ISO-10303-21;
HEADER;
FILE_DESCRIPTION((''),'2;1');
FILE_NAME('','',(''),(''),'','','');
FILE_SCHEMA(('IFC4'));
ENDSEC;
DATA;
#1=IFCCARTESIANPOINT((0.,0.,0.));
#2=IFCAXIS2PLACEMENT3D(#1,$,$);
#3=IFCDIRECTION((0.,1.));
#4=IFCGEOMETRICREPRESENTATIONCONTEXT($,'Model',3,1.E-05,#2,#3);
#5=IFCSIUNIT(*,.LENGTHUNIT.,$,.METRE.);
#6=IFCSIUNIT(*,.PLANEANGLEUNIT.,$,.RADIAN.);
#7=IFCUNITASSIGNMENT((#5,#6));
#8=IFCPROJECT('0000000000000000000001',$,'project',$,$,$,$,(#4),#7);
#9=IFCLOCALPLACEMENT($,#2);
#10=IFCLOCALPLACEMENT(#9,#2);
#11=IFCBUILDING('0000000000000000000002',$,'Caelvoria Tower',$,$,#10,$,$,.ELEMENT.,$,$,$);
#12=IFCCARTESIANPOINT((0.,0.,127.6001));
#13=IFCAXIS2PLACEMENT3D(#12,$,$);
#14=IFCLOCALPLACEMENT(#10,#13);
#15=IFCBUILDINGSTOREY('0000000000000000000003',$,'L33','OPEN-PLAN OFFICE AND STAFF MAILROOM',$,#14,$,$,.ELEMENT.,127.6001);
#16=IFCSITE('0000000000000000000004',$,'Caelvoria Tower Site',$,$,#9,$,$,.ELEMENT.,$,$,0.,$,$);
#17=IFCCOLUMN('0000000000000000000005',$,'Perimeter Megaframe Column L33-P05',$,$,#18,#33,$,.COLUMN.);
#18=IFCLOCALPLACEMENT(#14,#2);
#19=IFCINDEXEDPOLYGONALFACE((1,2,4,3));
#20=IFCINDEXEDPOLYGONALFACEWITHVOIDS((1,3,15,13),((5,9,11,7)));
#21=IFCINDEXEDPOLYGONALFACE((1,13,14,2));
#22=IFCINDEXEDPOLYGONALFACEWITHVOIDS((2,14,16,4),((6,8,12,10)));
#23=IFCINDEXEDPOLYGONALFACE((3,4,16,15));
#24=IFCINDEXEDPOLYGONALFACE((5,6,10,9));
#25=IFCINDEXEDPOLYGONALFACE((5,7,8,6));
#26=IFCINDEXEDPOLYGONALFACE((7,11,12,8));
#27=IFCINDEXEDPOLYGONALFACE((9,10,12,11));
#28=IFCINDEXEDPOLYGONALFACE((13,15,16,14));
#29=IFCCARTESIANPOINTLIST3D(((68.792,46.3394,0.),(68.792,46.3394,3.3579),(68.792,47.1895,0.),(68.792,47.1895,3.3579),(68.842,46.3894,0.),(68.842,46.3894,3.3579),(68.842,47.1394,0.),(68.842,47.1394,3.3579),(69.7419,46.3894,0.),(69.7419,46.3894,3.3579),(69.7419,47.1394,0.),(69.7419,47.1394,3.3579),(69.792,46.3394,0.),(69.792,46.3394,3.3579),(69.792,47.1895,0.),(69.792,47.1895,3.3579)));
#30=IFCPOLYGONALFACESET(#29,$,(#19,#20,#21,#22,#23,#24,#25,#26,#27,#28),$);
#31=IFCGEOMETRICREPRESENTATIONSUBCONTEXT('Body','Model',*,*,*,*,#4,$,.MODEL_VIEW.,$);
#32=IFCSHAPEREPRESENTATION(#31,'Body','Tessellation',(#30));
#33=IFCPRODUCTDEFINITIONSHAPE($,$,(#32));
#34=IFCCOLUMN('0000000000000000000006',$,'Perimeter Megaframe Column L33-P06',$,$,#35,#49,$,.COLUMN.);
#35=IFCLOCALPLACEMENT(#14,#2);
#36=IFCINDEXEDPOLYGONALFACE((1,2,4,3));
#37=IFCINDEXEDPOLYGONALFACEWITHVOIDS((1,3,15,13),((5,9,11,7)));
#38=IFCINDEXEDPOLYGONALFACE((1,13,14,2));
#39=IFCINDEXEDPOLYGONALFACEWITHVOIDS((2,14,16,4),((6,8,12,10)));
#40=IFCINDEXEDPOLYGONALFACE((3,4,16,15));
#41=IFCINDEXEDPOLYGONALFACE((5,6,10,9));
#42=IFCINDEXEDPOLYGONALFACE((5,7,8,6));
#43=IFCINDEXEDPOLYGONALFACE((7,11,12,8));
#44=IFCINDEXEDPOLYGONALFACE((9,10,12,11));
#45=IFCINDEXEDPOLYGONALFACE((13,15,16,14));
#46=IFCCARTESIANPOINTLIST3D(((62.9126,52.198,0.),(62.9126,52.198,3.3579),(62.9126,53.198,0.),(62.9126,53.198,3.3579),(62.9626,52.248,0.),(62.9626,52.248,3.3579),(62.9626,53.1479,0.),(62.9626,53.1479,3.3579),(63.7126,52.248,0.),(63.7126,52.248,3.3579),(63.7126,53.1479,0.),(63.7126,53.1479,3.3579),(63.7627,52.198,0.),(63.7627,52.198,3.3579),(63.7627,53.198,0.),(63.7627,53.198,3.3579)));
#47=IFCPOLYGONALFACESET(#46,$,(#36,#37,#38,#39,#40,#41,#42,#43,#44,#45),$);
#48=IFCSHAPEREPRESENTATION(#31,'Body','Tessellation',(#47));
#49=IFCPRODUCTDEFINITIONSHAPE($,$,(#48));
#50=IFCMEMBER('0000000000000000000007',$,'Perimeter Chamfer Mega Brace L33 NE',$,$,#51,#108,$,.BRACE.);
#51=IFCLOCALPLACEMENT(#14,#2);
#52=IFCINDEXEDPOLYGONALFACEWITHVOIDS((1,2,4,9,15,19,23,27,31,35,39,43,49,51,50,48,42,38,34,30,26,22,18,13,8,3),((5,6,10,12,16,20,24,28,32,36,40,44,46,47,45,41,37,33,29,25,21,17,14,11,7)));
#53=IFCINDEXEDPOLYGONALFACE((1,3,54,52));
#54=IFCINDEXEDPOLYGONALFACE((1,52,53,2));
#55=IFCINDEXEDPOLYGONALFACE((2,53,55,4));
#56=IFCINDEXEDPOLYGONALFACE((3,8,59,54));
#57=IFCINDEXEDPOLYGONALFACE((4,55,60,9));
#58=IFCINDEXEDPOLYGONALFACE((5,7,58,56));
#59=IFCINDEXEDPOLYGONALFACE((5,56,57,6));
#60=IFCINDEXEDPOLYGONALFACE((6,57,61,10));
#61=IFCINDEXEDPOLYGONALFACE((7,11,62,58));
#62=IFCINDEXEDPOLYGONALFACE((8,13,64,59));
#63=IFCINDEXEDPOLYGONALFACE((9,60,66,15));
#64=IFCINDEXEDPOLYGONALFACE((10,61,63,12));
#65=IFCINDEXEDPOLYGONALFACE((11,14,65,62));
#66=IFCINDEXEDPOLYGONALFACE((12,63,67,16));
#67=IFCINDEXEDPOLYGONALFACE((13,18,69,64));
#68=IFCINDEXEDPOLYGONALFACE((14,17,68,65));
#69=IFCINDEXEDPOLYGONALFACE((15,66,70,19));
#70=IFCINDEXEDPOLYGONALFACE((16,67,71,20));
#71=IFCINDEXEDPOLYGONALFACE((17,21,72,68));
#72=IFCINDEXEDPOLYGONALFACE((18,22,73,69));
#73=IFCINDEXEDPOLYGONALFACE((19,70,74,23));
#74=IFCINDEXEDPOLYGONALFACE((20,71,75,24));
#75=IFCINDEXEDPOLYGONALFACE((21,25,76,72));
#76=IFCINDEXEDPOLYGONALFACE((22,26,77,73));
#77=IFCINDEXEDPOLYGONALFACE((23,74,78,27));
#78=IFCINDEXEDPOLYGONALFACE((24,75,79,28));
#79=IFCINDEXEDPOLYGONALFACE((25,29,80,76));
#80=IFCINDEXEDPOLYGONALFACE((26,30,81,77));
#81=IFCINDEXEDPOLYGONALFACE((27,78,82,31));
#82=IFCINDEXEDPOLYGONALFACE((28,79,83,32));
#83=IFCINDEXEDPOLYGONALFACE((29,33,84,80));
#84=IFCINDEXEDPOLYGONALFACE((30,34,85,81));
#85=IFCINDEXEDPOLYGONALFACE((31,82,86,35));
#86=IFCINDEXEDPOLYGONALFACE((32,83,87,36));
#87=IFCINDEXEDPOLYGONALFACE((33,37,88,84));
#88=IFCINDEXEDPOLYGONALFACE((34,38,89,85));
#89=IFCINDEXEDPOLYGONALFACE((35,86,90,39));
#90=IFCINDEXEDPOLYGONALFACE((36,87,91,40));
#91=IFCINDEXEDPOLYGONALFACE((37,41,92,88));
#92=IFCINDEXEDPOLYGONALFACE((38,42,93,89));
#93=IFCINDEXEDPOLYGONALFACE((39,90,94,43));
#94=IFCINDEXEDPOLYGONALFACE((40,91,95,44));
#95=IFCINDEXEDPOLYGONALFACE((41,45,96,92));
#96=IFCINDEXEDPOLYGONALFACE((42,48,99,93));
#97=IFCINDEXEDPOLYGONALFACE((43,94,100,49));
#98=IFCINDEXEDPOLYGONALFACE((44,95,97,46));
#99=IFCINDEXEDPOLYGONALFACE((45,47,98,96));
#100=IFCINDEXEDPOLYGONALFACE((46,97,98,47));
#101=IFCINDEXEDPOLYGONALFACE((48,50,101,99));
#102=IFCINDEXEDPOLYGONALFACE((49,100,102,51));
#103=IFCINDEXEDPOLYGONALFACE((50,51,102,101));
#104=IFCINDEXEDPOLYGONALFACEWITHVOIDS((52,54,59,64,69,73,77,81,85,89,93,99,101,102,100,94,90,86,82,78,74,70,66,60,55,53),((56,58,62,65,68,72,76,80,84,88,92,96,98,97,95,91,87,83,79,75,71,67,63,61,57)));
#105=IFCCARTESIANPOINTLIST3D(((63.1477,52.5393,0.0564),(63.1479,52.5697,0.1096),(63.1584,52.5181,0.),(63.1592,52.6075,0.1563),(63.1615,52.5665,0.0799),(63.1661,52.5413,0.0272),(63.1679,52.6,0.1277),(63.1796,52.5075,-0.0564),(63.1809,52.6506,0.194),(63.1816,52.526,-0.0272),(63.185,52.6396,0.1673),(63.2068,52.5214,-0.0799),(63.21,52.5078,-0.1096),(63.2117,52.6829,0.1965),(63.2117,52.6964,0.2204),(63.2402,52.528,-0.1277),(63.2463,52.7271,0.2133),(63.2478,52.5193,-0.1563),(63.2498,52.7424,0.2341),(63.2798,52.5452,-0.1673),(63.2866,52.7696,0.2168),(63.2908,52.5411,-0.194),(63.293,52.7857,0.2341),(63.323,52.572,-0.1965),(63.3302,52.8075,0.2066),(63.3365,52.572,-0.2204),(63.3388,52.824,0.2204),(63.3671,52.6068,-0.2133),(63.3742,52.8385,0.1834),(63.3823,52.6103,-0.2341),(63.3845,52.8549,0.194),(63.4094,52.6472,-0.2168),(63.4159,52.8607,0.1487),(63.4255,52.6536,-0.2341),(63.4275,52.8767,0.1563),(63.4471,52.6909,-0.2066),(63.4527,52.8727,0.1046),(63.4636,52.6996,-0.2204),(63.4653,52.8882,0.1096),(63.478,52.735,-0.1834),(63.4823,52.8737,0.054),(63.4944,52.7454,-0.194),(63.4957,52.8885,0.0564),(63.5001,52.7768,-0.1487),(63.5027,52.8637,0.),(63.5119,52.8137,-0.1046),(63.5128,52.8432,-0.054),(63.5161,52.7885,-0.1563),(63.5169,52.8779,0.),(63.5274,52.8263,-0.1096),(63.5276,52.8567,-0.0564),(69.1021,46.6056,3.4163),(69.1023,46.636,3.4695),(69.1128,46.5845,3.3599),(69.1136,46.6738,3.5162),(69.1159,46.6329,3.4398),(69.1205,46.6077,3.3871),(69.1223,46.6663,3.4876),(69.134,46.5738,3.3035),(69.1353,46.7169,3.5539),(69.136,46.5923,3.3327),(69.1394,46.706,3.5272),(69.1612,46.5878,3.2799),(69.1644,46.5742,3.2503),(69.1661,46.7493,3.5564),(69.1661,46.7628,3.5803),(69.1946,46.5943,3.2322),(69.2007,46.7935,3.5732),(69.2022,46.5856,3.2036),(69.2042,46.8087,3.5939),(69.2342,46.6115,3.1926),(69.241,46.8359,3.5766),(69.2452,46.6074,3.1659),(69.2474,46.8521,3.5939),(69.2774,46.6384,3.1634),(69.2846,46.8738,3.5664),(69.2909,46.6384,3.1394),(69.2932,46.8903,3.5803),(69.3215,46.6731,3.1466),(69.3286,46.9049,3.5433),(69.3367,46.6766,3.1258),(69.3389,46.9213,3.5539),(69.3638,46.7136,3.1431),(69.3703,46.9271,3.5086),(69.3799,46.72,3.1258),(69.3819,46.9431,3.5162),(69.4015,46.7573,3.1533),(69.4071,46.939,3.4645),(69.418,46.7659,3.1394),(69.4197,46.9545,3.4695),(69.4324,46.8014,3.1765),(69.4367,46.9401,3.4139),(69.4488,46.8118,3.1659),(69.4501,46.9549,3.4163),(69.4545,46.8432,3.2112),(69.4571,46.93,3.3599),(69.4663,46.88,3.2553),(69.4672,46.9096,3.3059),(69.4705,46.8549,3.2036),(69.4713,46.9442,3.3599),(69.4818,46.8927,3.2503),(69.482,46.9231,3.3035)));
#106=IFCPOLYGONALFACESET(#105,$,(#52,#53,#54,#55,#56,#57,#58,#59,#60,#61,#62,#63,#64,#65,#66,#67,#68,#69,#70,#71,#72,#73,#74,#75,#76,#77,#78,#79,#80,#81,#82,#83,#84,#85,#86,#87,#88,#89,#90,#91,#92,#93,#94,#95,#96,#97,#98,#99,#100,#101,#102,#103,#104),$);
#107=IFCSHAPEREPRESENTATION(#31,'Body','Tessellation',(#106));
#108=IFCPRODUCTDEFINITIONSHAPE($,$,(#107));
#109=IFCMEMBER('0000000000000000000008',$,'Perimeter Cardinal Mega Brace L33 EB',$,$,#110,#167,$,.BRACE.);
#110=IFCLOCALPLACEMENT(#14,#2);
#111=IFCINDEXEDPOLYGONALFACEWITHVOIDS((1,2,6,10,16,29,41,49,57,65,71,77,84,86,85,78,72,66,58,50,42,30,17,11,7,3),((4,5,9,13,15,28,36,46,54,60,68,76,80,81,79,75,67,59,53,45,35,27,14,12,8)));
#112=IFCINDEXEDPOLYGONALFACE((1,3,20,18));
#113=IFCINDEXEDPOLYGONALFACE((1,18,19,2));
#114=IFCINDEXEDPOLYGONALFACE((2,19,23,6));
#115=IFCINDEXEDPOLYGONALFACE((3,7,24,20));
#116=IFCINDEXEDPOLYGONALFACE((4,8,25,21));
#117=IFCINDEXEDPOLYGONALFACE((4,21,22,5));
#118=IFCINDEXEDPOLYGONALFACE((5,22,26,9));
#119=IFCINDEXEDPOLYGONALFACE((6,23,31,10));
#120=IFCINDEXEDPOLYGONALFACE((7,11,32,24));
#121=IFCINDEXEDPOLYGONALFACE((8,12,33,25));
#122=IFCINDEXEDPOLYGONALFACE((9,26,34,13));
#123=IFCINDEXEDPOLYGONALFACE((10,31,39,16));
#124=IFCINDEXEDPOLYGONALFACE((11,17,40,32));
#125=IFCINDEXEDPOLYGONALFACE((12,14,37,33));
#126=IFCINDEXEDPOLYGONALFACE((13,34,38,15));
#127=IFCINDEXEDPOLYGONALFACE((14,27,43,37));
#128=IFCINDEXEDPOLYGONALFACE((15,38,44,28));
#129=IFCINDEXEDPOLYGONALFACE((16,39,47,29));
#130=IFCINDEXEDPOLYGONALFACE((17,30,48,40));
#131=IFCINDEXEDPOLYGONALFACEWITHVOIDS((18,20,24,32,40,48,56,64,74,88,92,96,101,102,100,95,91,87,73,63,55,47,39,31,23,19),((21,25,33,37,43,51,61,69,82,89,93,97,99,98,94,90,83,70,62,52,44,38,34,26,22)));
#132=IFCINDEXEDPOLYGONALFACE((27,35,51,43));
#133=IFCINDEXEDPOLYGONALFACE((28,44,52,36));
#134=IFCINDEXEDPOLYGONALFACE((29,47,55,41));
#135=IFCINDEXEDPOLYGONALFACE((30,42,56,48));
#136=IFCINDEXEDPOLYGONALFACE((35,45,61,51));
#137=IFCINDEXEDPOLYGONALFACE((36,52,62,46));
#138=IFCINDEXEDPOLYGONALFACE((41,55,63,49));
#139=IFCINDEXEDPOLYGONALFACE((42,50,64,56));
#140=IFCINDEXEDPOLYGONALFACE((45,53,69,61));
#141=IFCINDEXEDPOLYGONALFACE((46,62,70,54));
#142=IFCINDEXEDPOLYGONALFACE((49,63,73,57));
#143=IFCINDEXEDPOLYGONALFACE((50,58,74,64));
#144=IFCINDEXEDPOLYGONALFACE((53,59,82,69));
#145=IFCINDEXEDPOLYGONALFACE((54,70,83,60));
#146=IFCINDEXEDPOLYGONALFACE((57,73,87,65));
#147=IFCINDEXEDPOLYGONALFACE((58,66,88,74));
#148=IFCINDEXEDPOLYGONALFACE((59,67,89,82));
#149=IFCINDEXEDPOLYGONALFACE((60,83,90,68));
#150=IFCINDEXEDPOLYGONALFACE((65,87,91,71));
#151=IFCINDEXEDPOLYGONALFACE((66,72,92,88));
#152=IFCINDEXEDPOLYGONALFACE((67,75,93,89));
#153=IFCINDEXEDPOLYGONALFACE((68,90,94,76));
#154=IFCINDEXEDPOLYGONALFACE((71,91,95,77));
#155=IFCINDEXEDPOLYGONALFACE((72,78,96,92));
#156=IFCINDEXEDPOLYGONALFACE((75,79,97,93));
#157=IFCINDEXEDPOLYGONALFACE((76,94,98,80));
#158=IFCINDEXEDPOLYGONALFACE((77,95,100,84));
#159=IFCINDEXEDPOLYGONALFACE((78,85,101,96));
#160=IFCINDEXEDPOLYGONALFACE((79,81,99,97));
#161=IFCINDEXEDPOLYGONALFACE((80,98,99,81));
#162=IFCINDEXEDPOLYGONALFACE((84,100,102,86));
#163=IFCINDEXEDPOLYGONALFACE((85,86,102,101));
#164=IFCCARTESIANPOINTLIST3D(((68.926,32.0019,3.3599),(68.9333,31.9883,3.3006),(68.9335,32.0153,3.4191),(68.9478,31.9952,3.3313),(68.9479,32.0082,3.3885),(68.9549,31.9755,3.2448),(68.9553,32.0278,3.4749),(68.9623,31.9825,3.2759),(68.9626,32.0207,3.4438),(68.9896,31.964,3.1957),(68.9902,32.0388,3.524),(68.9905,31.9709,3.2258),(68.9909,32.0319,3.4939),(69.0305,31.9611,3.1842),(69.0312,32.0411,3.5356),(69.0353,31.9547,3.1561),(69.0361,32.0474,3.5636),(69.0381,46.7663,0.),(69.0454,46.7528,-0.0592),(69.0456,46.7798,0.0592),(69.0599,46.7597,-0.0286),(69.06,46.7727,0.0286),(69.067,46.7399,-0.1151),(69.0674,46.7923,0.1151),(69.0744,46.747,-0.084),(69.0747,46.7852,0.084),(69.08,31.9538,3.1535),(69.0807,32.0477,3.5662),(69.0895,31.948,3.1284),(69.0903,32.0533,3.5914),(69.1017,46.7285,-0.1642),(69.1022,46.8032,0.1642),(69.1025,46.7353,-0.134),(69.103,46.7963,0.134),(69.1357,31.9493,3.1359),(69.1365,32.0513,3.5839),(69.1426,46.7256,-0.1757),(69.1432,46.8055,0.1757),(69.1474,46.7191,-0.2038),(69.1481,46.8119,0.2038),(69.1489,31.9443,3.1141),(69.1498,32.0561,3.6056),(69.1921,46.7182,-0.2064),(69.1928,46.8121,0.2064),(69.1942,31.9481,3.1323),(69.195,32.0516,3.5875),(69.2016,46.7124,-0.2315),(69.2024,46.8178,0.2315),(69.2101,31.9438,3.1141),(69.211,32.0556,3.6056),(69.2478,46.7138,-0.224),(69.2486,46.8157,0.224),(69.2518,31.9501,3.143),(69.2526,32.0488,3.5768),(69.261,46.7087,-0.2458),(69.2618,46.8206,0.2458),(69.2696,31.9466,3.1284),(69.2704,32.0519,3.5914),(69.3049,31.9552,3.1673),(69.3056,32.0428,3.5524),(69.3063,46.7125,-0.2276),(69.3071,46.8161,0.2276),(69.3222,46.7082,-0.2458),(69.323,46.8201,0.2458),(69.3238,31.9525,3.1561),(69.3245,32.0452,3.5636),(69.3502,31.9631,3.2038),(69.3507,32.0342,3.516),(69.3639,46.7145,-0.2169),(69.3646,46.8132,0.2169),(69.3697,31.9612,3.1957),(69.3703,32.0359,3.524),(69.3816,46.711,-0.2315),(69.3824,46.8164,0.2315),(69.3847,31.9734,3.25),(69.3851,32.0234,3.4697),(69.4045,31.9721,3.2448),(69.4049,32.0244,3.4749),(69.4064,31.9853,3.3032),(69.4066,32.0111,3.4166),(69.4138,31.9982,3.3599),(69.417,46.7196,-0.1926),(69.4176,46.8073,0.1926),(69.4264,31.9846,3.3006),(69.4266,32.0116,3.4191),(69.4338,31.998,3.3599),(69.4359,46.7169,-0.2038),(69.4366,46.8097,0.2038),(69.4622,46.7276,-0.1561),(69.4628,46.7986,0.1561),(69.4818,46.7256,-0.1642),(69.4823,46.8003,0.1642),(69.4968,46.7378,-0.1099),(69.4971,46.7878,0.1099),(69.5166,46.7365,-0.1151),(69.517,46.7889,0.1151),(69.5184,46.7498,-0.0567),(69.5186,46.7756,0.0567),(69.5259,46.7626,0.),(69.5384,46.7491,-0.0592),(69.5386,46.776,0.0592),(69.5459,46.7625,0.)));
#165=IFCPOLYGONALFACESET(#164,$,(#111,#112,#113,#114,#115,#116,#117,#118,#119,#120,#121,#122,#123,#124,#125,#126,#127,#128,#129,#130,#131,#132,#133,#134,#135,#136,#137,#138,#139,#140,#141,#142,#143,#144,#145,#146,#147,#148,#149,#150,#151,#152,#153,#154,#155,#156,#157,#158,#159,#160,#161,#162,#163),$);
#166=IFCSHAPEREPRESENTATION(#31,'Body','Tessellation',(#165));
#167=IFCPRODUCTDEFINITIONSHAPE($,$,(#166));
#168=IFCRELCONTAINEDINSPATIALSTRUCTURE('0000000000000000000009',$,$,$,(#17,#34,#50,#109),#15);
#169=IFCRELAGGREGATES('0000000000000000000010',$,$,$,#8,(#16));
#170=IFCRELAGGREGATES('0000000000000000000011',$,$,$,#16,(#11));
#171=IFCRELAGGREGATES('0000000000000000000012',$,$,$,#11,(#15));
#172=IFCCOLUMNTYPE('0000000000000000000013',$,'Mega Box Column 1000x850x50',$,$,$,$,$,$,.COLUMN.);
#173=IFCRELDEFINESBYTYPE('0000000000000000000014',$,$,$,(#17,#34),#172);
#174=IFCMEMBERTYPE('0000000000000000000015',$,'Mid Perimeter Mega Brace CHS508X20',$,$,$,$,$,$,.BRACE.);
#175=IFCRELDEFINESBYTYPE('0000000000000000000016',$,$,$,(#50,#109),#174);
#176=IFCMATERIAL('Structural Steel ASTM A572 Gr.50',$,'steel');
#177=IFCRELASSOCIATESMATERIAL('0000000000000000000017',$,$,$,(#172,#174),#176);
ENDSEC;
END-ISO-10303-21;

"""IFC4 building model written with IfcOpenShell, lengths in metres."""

from ifc_helpers import new_model, si_unit, direction, frame, origin, origin_2d, place, context, subcontext, project, spatial, hollow_rectangle, hollow_circle, extrude, material, material_profile, profile_set, type_object, element, save


model = new_model("IFC4")

# Units and contexts
model_context = context("Model", 3, precision=1e-05, world=origin(), true_north=direction((0.0, 1.0)))
body_context = subcontext(model_context, "Body", "Model", "MODEL_VIEW")
ifc_project = project(units=[si_unit("LENGTHUNIT", "METRE"), si_unit("PLANEANGLEUNIT", "RADIAN")], contexts=[model_context])

# Site, building, storey
site_placement = place(None, origin())
site = spatial("IfcSite", under=ifc_project, at=site_placement, Name="Caelvoria Tower Site", CompositionType="ELEMENT", RefElevation=0.0)
building_placement = place(site_placement, origin())
building = spatial("IfcBuilding", under=site, at=building_placement, Name="Caelvoria Tower", CompositionType="ELEMENT")
storey_placement = place(building_placement, frame((0.0, 0.0, 127.6001)))
storey = spatial("IfcBuildingStorey", under=building, at=storey_placement, Name="L33", Description="OPEN-PLAN OFFICE AND STAFF MAILROOM", CompositionType="ELEMENT", Elevation=127.6001)

# Columns
ifc_material_1 = material(Name="Structural Steel ASTM A572 Gr.50", Category="steel")
ifc_material_profile_1 = material_profile(ifc_material_1, hollow_rectangle(XDim=0.8501, YDim=1.0, WallThickness=0.05, at=origin_2d()), Name="Structural Steel ASTM A572 Gr.50")
ifc_profile_set_1 = profile_set([ifc_material_profile_1], Name="BOX1000X850X50 - Structural Steel ASTM A572 Gr.50")
column_type = type_object("IfcColumnType", Name="Mega Box Column 1000x850x50", PredefinedType="COLUMN", material=ifc_profile_set_1)
for number, where, z_axis, x_axis, name in (
    (1, (69.292, 46.7644, 0.0), (0.0, 0.0, 1.0), (0.0, 1.0, 0.0), "Perimeter Megaframe Column L33-P05"),
    (2, (63.3376, 52.698, 0.0), (0.0, 0.0, 1.0), (1.0, 0.0, 0.0), "Perimeter Megaframe Column L33-P06"),
):
    element("IfcColumn", number, at=place(storey_placement, frame(where, z_axis=z_axis, x_axis=x_axis)), inside=storey, type_object=column_type, Name=name, PredefinedType="COLUMN", context=body_context, shape_type="SweptSolid", body=[
        extrude(hollow_rectangle(XDim=0.8501, YDim=1.0, WallThickness=0.05, at=origin_2d()), origin(), (0.0, 0.0, 1.0), 3.3579),
    ])

# Members
ifc_material_profile_2 = material_profile(ifc_material_1, hollow_circle(Radius=0.2539, WallThickness=0.02, at=origin_2d()), Name="Structural Steel ASTM A572 Gr.50")
ifc_profile_set_2 = profile_set([ifc_material_profile_2], Name="CHS508X20 - Structural Steel ASTM A572 Gr.50")
member_type = type_object("IfcMemberType", Name="Mid Perimeter Mega Brace CHS508X20", PredefinedType="BRACE", material=ifc_profile_set_2)
member_1_placement = place(storey_placement, frame((63.3376, 52.698, 0.0), z_axis=(0.657746, -0.655454, 0.371147), x_axis=(0.705871, 0.70834, 0.0)))
element("IfcMember", 3, at=member_1_placement, inside=storey, type_object=member_type, Name="Perimeter Chamfer Mega Brace L33 NE", PredefinedType="BRACE", context=body_context, shape_type="SweptSolid", body=[
    extrude(hollow_circle(Radius=0.2539, WallThickness=0.02, at=origin_2d()), origin(), (0.0, 0.0, 1.0), 9.0527),
])
member_2_placement = place(storey_placement, frame((69.292, 46.7644, 0.0), z_axis=(-0.007401, -0.975045, 0.221886), x_axis=(0.999971, -0.00759, 0.0)))
element("IfcMember", 4, at=member_2_placement, inside=storey, type_object=member_type, Name="Perimeter Cardinal Mega Brace L33 EB", PredefinedType="BRACE", context=body_context, shape_type="SweptSolid", body=[
    extrude(hollow_circle(Radius=0.2539, WallThickness=0.02, at=origin_2d()), origin(), (0.0, 0.0, 1.0), 15.1423),
])

save(model, "model.ifc")
